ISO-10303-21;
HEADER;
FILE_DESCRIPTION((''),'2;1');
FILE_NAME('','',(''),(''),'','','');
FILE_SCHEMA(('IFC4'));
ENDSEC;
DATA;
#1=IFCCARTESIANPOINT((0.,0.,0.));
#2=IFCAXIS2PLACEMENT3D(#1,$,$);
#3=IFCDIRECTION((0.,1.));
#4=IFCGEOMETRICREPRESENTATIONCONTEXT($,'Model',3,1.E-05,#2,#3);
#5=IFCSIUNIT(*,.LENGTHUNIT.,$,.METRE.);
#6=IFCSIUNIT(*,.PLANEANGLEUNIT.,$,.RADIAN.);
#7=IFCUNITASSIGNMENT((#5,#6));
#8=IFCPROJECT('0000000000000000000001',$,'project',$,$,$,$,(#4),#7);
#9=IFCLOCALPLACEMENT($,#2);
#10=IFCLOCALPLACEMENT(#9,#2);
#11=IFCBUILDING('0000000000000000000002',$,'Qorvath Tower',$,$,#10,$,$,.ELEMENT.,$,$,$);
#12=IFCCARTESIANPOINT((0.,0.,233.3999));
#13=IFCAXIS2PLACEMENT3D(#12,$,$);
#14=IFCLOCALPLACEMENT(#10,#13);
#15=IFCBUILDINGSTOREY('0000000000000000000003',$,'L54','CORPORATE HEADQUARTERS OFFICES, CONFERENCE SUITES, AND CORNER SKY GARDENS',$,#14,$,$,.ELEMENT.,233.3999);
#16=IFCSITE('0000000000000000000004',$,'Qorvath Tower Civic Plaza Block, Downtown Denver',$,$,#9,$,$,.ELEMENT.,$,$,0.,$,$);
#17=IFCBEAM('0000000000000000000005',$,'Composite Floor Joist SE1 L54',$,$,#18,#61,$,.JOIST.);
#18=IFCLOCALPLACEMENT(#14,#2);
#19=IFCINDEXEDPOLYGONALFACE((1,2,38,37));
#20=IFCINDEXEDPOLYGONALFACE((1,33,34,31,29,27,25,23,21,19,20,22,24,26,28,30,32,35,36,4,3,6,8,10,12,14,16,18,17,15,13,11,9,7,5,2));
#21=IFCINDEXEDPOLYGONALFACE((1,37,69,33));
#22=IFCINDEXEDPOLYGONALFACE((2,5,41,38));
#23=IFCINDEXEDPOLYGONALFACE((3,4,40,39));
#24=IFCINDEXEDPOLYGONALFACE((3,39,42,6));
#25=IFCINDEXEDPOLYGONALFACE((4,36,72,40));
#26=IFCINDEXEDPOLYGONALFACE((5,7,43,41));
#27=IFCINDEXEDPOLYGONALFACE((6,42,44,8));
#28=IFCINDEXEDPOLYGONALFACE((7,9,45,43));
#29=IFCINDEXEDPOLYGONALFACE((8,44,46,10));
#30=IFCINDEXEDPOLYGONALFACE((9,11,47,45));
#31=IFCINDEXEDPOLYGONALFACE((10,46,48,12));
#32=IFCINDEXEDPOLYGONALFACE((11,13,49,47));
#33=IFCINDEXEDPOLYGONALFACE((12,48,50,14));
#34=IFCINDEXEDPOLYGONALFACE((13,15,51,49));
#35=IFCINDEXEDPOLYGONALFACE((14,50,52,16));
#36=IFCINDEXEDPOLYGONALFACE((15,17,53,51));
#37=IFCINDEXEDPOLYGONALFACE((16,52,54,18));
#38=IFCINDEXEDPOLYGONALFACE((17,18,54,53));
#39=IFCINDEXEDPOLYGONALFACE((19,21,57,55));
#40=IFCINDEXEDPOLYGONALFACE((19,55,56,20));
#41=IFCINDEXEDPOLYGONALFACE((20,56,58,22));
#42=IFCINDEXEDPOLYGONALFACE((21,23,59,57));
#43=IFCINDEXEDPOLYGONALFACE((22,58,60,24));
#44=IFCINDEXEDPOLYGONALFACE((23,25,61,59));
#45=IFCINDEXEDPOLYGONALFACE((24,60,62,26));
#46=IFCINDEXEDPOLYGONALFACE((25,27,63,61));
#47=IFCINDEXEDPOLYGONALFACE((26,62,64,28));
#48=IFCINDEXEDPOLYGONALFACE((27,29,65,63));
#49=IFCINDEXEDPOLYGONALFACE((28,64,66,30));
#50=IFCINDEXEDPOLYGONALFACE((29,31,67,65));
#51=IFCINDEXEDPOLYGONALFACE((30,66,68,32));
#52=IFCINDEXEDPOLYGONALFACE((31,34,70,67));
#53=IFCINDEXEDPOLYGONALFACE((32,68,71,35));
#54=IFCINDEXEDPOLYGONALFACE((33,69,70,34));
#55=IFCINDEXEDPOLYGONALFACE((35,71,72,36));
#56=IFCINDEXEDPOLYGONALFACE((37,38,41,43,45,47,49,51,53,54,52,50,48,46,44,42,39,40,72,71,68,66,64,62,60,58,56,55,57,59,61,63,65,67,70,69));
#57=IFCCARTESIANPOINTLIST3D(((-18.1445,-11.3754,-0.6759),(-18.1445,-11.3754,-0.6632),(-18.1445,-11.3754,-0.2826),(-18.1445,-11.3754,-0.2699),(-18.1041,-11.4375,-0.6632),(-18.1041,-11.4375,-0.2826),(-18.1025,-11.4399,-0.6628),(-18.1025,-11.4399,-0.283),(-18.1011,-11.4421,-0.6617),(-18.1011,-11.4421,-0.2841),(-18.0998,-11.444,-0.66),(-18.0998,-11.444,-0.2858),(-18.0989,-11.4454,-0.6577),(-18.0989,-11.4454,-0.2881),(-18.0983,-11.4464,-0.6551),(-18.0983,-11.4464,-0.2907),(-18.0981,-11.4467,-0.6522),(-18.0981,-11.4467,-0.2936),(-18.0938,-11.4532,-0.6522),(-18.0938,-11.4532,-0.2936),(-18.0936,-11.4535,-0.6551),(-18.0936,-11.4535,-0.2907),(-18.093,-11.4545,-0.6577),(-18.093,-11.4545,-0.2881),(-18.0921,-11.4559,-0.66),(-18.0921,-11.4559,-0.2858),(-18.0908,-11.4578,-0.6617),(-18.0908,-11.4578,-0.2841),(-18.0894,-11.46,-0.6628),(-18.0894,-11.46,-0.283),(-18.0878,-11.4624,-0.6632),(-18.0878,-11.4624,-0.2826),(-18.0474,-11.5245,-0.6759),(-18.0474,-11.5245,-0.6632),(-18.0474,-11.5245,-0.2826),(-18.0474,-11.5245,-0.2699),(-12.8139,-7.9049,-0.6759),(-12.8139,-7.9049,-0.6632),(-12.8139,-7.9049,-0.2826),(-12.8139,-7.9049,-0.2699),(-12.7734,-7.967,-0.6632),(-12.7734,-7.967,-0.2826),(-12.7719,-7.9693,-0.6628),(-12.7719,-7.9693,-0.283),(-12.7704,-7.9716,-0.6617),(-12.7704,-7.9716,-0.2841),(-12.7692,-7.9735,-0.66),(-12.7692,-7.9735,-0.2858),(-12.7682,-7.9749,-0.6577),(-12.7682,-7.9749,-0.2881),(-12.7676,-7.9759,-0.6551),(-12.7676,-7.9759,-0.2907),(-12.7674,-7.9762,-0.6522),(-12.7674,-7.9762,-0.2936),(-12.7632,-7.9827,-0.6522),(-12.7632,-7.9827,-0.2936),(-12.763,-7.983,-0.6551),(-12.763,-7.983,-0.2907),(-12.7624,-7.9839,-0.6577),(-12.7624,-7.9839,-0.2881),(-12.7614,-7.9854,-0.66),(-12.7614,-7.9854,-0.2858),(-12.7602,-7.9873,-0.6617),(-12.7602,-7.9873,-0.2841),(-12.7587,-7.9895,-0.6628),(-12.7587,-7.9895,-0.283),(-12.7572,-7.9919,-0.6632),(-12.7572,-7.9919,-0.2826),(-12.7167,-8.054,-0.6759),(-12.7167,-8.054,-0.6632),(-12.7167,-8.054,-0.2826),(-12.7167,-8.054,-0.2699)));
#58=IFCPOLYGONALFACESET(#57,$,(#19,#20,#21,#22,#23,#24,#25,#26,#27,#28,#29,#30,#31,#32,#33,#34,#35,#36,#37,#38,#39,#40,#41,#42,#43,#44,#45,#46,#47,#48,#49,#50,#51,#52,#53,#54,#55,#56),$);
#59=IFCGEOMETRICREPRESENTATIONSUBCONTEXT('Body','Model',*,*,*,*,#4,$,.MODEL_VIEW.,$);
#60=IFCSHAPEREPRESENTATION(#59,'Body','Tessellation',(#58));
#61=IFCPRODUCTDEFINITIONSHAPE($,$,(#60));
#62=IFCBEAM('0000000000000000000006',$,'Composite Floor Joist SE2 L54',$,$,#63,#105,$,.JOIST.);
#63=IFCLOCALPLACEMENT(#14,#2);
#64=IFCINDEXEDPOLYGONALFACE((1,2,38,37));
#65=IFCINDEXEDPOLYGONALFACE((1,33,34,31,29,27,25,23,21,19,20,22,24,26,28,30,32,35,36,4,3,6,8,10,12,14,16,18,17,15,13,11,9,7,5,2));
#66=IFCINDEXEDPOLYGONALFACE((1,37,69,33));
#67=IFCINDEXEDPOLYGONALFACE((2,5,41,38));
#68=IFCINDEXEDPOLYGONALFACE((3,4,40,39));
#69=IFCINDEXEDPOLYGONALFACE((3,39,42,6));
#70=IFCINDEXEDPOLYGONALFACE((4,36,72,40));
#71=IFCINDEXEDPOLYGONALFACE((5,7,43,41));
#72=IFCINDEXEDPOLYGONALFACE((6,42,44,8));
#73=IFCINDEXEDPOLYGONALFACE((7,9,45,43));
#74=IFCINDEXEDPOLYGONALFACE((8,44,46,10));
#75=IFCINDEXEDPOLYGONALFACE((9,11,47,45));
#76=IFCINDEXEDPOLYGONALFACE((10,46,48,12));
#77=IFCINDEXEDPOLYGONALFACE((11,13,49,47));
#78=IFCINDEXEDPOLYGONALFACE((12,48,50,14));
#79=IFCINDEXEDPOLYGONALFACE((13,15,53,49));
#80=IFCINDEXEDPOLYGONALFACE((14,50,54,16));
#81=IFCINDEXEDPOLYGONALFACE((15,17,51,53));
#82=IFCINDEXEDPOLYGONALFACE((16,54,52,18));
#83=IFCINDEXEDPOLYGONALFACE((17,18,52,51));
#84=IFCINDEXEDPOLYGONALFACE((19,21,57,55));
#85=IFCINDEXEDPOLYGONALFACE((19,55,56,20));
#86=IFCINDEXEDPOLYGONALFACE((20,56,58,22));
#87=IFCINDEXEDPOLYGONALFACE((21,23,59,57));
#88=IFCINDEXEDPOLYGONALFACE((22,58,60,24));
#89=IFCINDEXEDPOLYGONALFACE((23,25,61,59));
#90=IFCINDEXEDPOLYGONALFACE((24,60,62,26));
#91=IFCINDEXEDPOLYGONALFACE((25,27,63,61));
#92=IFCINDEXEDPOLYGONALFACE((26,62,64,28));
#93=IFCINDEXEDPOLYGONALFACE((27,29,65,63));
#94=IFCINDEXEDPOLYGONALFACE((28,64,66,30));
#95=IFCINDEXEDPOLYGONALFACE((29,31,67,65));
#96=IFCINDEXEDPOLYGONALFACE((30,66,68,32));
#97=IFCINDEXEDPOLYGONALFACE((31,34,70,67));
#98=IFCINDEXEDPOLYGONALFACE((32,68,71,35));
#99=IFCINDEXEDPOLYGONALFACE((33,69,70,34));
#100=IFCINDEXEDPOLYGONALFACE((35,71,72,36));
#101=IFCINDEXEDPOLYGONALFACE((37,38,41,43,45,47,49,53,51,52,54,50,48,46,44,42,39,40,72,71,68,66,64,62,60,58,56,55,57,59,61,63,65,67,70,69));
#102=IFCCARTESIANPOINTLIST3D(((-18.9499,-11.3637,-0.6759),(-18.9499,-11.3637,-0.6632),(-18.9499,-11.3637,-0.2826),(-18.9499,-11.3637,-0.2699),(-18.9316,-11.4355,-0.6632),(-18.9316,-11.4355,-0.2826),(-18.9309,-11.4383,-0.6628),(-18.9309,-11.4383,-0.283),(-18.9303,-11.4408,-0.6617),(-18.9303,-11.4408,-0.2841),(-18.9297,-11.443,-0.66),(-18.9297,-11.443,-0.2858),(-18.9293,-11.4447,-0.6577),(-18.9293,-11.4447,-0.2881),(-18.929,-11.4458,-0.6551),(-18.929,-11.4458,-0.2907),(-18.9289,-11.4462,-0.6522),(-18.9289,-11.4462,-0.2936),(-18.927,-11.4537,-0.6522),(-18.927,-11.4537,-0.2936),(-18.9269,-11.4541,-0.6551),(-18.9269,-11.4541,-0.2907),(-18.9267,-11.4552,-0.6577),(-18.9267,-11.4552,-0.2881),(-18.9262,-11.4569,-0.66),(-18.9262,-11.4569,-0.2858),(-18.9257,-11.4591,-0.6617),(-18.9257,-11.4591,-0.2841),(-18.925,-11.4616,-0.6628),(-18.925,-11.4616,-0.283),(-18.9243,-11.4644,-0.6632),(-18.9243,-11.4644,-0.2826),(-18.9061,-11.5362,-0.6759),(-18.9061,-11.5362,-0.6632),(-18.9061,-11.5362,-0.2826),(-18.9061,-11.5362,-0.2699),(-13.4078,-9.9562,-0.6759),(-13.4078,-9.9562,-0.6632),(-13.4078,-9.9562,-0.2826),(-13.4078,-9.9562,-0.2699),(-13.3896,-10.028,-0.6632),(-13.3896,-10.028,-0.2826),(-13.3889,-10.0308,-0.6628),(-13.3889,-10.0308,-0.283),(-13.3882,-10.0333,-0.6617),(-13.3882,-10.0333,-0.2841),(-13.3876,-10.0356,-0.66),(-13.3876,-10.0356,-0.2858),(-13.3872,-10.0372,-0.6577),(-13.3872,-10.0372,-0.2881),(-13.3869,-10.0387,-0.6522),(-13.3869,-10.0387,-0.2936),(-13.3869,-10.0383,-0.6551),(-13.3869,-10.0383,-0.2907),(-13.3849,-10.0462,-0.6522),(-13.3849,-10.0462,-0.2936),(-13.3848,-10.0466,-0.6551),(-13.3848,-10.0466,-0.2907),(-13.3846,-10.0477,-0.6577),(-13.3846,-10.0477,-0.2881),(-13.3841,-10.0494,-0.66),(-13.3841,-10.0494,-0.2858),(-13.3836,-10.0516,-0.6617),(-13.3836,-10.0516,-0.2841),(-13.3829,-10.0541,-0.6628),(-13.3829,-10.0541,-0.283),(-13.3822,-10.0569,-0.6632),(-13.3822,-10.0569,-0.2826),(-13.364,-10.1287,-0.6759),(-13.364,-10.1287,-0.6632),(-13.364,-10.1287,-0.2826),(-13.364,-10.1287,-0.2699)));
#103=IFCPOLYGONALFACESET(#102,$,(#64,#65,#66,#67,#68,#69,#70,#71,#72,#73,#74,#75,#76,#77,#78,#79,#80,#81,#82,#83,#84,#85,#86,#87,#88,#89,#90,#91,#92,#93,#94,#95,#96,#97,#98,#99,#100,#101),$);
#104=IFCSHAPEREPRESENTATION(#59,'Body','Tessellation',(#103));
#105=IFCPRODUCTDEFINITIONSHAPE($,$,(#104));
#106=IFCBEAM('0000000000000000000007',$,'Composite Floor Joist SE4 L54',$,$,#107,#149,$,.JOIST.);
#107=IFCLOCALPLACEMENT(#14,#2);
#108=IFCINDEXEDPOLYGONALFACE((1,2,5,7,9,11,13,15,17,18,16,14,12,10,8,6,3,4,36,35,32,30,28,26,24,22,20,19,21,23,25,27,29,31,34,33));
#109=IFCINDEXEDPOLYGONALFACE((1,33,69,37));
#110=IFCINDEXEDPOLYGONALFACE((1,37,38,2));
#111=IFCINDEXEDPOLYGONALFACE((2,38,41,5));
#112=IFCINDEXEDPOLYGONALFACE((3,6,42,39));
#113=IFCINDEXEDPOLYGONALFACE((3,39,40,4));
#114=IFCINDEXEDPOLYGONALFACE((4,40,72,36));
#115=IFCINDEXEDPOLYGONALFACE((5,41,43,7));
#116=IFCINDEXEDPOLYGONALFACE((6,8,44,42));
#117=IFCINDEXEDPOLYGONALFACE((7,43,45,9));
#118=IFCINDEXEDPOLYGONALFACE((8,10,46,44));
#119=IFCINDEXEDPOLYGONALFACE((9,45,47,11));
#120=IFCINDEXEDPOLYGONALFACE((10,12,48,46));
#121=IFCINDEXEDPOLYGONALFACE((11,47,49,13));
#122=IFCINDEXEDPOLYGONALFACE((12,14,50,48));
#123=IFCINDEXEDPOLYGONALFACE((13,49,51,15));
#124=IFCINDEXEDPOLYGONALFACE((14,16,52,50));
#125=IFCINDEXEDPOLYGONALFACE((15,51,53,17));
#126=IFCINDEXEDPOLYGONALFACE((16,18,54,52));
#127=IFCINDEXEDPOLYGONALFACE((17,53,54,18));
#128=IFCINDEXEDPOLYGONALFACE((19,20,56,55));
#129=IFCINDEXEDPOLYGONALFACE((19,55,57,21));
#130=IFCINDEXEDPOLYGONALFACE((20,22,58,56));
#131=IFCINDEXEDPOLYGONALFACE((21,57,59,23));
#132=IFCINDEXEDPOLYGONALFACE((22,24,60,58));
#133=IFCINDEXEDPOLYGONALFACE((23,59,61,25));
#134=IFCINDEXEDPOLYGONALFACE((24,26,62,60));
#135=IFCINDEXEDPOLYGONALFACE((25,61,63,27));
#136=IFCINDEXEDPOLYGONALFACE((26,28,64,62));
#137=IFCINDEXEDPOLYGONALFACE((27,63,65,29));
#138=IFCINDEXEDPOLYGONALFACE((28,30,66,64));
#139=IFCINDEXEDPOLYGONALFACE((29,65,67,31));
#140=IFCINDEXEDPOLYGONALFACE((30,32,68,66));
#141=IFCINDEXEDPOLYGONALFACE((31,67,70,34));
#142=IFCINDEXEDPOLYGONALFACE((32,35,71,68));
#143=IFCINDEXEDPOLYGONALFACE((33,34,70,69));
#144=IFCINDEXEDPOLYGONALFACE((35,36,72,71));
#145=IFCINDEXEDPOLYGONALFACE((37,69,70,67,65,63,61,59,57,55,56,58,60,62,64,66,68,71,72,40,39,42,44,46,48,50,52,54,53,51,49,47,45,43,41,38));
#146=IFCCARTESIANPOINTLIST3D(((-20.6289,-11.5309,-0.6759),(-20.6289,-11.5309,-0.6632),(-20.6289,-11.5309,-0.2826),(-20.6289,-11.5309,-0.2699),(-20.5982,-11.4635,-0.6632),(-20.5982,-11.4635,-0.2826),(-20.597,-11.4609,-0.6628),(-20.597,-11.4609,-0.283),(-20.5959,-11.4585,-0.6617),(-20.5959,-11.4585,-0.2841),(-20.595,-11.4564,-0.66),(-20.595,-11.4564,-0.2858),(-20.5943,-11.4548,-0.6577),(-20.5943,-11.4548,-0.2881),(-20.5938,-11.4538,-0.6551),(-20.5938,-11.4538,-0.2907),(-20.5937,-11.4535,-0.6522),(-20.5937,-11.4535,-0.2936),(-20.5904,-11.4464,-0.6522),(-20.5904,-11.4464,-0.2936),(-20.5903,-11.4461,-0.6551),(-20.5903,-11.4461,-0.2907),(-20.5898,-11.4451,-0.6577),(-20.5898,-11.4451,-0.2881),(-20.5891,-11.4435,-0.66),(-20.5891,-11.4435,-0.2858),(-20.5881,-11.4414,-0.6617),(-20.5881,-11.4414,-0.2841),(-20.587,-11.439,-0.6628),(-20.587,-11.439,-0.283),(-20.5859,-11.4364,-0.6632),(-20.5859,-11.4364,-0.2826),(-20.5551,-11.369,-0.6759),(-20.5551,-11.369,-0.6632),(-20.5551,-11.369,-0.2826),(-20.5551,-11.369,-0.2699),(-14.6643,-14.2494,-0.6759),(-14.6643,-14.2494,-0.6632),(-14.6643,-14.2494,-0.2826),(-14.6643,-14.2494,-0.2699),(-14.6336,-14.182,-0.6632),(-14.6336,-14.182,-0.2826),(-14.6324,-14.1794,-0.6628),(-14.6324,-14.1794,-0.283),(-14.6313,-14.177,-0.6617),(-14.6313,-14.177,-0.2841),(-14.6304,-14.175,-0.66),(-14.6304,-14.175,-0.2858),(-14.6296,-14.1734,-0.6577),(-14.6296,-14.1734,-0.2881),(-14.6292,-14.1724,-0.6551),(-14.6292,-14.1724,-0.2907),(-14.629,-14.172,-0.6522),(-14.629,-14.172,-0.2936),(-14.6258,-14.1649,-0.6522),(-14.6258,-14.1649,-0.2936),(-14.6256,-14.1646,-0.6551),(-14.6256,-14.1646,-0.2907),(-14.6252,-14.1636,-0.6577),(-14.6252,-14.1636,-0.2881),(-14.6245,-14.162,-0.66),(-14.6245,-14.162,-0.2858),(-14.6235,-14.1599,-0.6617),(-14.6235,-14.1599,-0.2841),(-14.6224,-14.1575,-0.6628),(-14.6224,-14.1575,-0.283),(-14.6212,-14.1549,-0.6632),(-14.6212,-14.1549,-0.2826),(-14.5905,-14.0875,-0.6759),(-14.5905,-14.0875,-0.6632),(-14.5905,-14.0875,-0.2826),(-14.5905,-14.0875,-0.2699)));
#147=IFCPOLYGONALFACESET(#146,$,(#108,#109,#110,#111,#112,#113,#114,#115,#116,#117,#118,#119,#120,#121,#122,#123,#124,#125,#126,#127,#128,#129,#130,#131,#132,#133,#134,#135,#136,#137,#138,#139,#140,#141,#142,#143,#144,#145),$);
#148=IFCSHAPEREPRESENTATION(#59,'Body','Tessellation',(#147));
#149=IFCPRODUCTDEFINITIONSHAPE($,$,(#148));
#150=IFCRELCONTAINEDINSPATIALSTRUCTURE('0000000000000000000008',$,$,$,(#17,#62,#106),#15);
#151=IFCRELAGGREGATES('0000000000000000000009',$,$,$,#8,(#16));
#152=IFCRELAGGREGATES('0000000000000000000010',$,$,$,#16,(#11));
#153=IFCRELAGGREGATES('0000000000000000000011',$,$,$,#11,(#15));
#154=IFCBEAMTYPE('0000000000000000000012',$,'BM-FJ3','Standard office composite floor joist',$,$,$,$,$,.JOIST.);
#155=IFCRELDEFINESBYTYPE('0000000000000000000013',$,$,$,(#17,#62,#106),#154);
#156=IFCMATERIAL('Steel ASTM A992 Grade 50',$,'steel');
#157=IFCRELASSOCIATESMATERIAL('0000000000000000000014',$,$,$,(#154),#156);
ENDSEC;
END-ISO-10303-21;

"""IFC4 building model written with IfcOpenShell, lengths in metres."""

from ifc_helpers import new_model, si_unit, direction, frame, origin, origin_2d, place, context, subcontext, project, spatial, i_section, extrude, material, material_profile, profile_set, type_object, element, save


model = new_model("IFC4")

# Units and contexts
model_context = context("Model", 3, precision=1e-05, world=origin(), true_north=direction((0.0, 1.0)))
body_context = subcontext(model_context, "Body", "Model", "MODEL_VIEW")
ifc_project = project(units=[si_unit("LENGTHUNIT", "METRE"), si_unit("PLANEANGLEUNIT", "RADIAN")], contexts=[model_context])

# Site, building, storey
site_placement = place(None, origin())
site = spatial("IfcSite", under=ifc_project, at=site_placement, Name="Qorvath Tower Civic Plaza Block, Downtown Denver", CompositionType="ELEMENT", RefElevation=0.0)
building_placement = place(site_placement, origin())
building = spatial("IfcBuilding", under=site, at=building_placement, Name="Qorvath Tower", CompositionType="ELEMENT")
storey_placement = place(building_placement, frame((0.0, 0.0, 233.3999)))
storey = spatial("IfcBuildingStorey", under=building, at=storey_placement, Name="L54", Description="CORPORATE HEADQUARTERS OFFICES, CONFERENCE SUITES, AND CORNER SKY GARDENS", CompositionType="ELEMENT", Elevation=233.3999)

# Beams
ifc_material_1 = material(Name="Steel ASTM A992 Grade 50", Category="steel")
ifc_material_profile_1 = material_profile(ifc_material_1, i_section(OverallWidth=0.178, OverallDepth=0.406, WebThickness=0.0078, FlangeThickness=0.0127, FilletRadius=0.011, at=origin_2d()), Name="W16x40")
ifc_profile_set_1 = profile_set([ifc_material_profile_1], Name="Steel ASTM A992 Grade 50")
beam_type_1 = type_object("IfcBeamType", Name="BM-FJ3", Description="Standard office composite floor joist", PredefinedType="JOIST", material=ifc_profile_set_1)
beam_1_placement = place(storey_placement, frame((-18.0959, -11.45, -0.4729), z_axis=(0.838042, 0.545606, 0.0), x_axis=(-0.545606, 0.838042, 0.0)))
element("IfcBeam", 1, at=beam_1_placement, inside=storey, type_object=beam_type_1, Name="Composite Floor Joist SE1 L54", PredefinedType="JOIST", context=body_context, shape_type="SweptSolid", body=[
    extrude(i_section(OverallWidth=0.178, OverallDepth=0.406, WebThickness=0.0078, FlangeThickness=0.0127, FilletRadius=0.011, at=origin_2d()), origin(), (0.0, 0.0, 1.0), 6.3608),
])
beam_2_placement = place(storey_placement, frame((-18.928, -11.45, -0.4729), z_axis=(0.969232, 0.246151, 0.0), x_axis=(-0.246151, 0.969232, 0.0)))
element("IfcBeam", 2, at=beam_2_placement, inside=storey, type_object=beam_type_1, Name="Composite Floor Joist SE2 L54", PredefinedType="JOIST", context=body_context, shape_type="SweptSolid", body=[
    extrude(i_section(OverallWidth=0.178, OverallDepth=0.406, WebThickness=0.0078, FlangeThickness=0.0127, FilletRadius=0.011, at=origin_2d()), origin(), (0.0, 0.0, 1.0), 5.718),
])
beam_3_placement = place(storey_placement, frame((-20.592, -11.45, -0.4729), z_axis=(0.909945, -0.414729, 0.0), x_axis=(0.414729, 0.909945, 0.0)))
element("IfcBeam", 3, at=beam_3_placement, inside=storey, type_object=beam_type_1, Name="Composite Floor Joist SE4 L54", PredefinedType="JOIST", context=body_context, shape_type="SweptSolid", body=[
    extrude(i_section(OverallWidth=0.178, OverallDepth=0.406, WebThickness=0.0078, FlangeThickness=0.0127, FilletRadius=0.011, at=origin_2d()), origin(), (0.0, 0.0, 1.0), 6.5549),
])

save(model, "model.ifc")
